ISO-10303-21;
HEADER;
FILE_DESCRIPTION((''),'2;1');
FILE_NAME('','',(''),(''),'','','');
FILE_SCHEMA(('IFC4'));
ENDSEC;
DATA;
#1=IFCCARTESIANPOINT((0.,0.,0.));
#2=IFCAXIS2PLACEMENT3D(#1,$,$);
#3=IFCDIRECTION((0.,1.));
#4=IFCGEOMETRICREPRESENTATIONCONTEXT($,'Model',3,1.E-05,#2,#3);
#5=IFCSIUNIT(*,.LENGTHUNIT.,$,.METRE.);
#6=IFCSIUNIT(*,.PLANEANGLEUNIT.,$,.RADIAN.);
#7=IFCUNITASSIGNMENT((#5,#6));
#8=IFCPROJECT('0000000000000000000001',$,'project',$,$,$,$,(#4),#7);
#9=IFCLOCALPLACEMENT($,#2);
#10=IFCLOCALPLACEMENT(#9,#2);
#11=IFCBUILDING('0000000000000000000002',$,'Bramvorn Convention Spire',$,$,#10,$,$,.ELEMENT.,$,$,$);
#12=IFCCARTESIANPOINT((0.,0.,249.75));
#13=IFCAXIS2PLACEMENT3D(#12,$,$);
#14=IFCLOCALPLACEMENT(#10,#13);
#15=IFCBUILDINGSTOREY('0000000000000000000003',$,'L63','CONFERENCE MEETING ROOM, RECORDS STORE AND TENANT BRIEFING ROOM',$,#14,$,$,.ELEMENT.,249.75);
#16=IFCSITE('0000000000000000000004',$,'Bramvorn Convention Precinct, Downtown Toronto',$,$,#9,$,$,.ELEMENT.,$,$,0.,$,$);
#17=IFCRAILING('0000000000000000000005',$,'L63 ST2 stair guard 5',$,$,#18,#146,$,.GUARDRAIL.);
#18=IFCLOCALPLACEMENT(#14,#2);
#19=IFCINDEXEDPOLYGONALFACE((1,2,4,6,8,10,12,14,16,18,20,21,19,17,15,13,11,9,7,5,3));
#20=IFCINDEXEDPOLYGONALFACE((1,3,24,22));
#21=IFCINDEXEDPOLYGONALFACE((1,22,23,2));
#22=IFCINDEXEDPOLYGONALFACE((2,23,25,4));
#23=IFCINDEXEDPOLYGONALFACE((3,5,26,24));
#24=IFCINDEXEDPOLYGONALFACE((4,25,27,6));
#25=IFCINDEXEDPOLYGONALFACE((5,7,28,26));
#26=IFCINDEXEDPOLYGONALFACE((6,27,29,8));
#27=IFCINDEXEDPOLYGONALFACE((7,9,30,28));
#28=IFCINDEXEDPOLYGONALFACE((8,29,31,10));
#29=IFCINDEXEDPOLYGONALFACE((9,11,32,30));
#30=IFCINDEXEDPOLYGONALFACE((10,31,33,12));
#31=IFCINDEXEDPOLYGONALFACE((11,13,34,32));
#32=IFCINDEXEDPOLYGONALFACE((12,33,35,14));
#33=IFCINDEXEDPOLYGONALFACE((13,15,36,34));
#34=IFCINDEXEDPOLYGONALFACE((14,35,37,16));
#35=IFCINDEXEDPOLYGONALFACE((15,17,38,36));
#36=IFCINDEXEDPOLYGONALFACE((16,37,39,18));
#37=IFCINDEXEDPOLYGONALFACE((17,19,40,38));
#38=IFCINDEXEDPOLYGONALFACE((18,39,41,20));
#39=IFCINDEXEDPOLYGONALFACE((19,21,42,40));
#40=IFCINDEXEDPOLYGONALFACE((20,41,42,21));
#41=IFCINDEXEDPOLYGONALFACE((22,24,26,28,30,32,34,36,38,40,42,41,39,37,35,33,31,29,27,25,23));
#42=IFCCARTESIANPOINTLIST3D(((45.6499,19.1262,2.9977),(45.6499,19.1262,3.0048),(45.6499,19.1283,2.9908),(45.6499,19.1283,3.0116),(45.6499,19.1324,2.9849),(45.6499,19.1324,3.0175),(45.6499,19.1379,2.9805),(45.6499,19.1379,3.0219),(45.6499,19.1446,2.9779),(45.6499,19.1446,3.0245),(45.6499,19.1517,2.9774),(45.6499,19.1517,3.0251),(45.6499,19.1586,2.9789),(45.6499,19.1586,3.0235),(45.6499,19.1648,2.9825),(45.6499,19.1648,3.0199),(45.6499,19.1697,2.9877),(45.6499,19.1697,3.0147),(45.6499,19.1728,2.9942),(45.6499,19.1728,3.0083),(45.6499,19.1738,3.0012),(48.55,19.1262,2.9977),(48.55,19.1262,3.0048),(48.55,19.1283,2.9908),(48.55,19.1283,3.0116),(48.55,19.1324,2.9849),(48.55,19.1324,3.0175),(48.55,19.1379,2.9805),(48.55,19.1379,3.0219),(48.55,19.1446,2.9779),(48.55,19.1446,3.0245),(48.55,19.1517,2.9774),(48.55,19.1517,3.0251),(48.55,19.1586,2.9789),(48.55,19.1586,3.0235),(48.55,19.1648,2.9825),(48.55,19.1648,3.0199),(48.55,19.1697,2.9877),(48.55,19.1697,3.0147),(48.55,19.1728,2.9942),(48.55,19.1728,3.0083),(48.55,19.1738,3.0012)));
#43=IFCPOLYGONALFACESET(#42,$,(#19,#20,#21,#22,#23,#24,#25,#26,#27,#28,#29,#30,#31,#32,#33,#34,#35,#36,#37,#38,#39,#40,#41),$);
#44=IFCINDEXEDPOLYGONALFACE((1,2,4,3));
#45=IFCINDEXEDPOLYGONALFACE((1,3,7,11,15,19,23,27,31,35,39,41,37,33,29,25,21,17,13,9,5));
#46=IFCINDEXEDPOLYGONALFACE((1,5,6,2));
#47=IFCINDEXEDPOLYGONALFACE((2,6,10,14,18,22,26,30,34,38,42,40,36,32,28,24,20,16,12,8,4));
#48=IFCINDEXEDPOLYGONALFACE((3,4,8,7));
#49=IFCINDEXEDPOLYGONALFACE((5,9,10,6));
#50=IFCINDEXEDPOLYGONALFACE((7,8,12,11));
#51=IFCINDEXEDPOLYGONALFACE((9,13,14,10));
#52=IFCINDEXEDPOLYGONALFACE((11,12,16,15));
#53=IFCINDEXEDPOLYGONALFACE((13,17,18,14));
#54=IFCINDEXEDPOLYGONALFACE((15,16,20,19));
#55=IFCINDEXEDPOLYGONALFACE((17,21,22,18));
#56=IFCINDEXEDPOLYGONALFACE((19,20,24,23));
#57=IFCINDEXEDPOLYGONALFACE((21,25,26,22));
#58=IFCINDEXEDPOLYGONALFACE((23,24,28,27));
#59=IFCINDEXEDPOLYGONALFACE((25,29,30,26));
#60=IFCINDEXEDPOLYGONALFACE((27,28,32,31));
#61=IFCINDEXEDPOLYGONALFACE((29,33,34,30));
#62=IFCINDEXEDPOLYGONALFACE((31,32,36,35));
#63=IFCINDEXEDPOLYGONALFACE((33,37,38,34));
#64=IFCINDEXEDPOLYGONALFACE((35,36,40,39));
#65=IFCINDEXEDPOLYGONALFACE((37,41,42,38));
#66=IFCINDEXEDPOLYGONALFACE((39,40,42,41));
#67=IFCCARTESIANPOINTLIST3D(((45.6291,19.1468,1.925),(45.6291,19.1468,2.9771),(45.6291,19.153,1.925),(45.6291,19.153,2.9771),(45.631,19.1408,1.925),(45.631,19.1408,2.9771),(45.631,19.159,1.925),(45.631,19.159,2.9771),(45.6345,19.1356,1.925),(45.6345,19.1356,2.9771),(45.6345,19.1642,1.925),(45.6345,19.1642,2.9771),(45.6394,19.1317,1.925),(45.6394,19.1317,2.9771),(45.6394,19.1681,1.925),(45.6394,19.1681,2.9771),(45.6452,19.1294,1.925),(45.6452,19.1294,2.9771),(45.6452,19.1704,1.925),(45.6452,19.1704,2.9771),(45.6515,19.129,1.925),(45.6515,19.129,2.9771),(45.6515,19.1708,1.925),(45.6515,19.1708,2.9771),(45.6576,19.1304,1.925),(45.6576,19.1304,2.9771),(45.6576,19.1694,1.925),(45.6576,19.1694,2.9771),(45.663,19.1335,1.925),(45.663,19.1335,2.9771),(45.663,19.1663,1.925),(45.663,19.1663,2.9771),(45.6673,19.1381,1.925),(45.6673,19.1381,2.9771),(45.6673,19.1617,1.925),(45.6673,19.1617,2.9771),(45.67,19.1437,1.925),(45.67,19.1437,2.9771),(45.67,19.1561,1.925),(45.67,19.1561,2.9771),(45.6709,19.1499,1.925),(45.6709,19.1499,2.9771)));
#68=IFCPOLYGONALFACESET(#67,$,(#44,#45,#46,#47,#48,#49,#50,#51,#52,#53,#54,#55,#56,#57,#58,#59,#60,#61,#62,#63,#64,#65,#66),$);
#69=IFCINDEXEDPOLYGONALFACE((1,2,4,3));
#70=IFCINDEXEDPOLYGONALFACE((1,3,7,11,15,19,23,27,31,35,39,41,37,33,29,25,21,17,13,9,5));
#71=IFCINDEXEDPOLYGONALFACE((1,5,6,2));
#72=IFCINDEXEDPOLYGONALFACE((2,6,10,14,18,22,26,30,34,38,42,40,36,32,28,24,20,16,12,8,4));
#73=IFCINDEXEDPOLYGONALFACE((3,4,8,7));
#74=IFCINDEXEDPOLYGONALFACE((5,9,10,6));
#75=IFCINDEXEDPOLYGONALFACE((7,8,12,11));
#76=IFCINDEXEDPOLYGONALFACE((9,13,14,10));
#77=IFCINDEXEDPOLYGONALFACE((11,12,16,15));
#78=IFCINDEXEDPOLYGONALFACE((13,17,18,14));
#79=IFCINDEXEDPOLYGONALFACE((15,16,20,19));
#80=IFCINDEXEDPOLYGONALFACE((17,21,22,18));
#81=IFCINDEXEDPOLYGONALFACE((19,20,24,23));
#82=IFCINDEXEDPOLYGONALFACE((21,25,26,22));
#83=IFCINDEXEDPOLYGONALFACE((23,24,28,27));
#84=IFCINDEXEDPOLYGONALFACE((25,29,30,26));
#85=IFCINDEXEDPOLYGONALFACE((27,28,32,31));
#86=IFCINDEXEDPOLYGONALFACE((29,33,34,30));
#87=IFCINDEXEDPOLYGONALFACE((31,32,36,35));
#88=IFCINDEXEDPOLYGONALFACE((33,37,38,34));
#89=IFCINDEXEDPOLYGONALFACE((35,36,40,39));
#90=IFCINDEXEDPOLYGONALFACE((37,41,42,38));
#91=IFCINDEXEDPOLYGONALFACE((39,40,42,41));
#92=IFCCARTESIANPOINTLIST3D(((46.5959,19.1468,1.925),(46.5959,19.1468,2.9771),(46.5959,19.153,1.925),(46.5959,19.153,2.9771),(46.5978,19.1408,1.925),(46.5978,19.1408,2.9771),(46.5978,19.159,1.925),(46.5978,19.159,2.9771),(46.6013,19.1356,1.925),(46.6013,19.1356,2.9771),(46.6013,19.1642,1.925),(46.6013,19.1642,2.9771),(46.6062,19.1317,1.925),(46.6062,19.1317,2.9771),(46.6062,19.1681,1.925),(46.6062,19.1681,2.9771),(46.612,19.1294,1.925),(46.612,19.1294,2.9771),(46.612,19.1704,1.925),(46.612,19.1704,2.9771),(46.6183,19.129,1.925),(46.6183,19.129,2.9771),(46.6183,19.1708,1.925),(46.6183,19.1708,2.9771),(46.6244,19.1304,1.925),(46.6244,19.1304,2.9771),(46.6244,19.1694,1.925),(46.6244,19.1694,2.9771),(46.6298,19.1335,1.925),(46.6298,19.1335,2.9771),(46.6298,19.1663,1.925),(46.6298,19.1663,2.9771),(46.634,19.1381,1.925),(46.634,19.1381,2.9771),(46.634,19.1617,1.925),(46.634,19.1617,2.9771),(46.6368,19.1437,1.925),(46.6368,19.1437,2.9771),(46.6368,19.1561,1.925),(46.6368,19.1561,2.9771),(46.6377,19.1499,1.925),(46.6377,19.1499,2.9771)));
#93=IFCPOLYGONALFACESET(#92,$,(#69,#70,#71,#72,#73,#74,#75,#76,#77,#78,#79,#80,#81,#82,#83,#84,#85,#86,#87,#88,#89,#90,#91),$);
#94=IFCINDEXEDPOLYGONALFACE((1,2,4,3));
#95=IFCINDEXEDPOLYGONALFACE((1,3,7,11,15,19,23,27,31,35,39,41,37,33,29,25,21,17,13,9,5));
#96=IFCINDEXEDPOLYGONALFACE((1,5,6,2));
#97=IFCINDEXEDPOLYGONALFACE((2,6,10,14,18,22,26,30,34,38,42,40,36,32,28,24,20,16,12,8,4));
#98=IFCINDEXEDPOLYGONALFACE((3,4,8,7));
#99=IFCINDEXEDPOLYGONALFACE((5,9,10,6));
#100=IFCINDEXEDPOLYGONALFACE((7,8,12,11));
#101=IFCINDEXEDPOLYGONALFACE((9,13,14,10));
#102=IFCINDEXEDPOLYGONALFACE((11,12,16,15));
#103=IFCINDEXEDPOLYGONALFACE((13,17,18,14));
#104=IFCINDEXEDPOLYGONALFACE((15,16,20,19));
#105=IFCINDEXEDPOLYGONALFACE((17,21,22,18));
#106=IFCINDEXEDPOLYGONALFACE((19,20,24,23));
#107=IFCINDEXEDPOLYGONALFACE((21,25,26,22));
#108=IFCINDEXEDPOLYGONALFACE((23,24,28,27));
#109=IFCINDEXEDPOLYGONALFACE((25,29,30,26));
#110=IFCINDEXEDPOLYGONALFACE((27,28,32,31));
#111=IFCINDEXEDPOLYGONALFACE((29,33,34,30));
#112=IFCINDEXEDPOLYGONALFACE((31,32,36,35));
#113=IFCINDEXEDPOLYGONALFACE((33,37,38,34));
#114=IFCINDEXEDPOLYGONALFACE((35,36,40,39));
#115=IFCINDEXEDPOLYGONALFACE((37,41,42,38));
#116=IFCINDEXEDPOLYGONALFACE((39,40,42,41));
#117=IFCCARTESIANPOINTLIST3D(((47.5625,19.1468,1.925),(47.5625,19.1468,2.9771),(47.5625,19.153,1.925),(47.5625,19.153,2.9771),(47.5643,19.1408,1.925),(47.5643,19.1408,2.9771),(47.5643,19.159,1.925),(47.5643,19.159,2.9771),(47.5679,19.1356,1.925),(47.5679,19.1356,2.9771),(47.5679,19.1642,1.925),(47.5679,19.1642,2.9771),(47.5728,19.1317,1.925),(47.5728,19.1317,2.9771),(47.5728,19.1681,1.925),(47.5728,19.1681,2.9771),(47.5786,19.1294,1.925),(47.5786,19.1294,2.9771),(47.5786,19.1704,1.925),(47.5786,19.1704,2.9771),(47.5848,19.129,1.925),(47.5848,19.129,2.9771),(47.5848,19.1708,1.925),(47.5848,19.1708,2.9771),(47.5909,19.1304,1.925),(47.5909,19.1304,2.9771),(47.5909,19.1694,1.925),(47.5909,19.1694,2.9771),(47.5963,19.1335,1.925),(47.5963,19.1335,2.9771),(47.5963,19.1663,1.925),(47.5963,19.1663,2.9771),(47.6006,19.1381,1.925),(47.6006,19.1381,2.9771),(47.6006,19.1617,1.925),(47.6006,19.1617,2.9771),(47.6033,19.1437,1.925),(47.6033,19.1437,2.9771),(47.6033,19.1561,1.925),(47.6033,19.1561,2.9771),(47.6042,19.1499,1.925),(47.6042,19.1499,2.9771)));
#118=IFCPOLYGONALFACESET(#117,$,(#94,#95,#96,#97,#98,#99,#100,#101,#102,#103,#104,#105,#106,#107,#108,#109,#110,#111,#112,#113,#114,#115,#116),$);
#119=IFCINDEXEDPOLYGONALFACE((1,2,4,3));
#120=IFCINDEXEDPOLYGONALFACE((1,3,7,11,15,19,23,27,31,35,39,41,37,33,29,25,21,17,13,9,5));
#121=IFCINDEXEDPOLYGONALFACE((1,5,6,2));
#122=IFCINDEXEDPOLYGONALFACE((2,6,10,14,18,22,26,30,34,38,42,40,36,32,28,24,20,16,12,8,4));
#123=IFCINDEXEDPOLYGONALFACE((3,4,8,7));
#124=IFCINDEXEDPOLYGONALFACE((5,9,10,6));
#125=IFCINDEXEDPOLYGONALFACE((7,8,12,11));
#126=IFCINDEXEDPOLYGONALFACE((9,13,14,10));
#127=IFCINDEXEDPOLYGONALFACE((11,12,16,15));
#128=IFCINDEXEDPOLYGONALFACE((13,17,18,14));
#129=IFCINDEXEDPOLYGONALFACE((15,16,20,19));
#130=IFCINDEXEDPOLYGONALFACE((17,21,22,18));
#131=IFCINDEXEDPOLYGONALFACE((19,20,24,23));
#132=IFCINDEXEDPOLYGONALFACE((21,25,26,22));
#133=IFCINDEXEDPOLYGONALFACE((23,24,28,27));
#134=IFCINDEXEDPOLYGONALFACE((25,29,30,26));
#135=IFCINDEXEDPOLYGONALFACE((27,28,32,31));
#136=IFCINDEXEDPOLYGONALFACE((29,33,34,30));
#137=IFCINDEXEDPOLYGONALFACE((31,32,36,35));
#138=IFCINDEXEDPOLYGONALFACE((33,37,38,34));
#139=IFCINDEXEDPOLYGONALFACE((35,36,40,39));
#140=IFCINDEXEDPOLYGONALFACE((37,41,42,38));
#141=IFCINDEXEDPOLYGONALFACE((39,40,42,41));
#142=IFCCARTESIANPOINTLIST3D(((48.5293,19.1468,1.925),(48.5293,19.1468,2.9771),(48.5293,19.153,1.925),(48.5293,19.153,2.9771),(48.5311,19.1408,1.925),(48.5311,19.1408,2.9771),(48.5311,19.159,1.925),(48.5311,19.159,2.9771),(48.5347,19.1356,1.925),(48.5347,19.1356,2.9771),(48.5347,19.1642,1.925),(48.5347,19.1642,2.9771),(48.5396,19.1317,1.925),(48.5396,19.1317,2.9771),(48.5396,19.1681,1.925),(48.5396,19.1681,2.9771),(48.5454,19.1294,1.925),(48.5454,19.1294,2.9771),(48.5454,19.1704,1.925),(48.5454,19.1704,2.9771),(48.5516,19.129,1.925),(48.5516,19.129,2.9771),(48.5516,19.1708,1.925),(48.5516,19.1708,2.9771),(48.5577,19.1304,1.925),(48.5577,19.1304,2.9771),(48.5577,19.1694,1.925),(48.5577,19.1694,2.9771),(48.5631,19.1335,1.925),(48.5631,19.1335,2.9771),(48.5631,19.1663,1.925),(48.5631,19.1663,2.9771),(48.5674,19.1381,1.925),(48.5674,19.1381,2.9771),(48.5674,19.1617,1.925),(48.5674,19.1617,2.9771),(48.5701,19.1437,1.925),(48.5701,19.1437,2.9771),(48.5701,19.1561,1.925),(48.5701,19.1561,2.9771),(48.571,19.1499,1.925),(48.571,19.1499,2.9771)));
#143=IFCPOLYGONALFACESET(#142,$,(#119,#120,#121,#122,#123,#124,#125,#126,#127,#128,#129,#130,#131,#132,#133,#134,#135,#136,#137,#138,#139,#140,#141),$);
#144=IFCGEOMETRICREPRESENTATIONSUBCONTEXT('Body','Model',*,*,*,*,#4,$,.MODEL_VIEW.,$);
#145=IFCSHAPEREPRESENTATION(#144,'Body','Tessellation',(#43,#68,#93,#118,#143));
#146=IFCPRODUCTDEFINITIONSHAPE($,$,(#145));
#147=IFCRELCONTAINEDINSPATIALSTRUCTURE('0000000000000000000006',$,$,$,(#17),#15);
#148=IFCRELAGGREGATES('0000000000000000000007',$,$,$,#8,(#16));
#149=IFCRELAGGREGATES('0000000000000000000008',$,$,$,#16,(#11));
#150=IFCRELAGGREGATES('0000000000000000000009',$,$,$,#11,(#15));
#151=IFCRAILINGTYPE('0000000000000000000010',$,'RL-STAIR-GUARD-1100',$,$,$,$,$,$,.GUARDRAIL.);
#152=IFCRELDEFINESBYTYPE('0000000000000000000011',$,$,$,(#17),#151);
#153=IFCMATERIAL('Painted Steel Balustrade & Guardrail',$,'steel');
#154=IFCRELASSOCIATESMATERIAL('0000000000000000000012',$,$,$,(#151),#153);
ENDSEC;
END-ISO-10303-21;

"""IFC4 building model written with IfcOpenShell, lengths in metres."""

from ifc_helpers import new_model, si_unit, direction, frame, origin, origin_2d, place, context, subcontext, project, spatial, circle, extrude, material, type_object, element, save


model = new_model("IFC4")

# Units and contexts
model_context = context("Model", 3, precision=1e-05, world=origin(), true_north=direction((0.0, 1.0)))
body_context = subcontext(model_context, "Body", "Model", "MODEL_VIEW")
ifc_project = project(units=[si_unit("LENGTHUNIT", "METRE"), si_unit("PLANEANGLEUNIT", "RADIAN")], contexts=[model_context])

# Site, building, storey
site_placement = place(None, origin())
site = spatial("IfcSite", under=ifc_project, at=site_placement, Name="Bramvorn Convention Precinct, Downtown Toronto", CompositionType="ELEMENT", RefElevation=0.0)
building_placement = place(site_placement, origin())
building = spatial("IfcBuilding", under=site, at=building_placement, Name="Bramvorn Convention Spire", CompositionType="ELEMENT")
storey_placement = place(building_placement, frame((0.0, 0.0, 249.75)))
storey = spatial("IfcBuildingStorey", under=building, at=storey_placement, Name="L63", Description="CONFERENCE MEETING ROOM, RECORDS STORE AND TENANT BRIEFING ROOM", CompositionType="ELEMENT", Elevation=249.75)

# Railing
ifc_material_1 = material(Name="Painted Steel Balustrade & Guardrail", Category="steel")
railing_type_1 = type_object("IfcRailingType", Name="RL-STAIR-GUARD-1100", PredefinedType="GUARDRAIL", material=ifc_material_1)
railing_1_placement = place(storey_placement, frame((45.6499, 19.1499, 1.925)))
element("IfcRailing", 1, at=railing_1_placement, inside=storey, type_object=railing_type_1, Name="L63 ST2 stair guard 5", PredefinedType="GUARDRAIL", context=body_context, shape_type="SweptSolid", body=[
    extrude(circle(Radius=0.0239, at=origin_2d()), frame((0.0, 0.0, 1.0762), z_axis=(1.0, 0.0, 0.0), x_axis=(0.0, 1.0, 0.0)), (0.0, 0.0, 1.0), 2.9001),
    extrude(circle(Radius=0.021, at=origin_2d()), origin(), (0.0, 0.0, 1.0), 1.052),
    extrude(circle(Radius=0.021, at=origin_2d()), frame((0.9668, 0.0, 0.0)), (0.0, 0.0, 1.0), 1.052),
    extrude(circle(Radius=0.021, at=origin_2d()), frame((1.9333, 0.0, 0.0)), (0.0, 0.0, 1.0), 1.052),
    extrude(circle(Radius=0.021, at=origin_2d()), frame((2.9001, 0.0, 0.0)), (0.0, 0.0, 1.0), 1.052),
])

save(model, "model.ifc")
